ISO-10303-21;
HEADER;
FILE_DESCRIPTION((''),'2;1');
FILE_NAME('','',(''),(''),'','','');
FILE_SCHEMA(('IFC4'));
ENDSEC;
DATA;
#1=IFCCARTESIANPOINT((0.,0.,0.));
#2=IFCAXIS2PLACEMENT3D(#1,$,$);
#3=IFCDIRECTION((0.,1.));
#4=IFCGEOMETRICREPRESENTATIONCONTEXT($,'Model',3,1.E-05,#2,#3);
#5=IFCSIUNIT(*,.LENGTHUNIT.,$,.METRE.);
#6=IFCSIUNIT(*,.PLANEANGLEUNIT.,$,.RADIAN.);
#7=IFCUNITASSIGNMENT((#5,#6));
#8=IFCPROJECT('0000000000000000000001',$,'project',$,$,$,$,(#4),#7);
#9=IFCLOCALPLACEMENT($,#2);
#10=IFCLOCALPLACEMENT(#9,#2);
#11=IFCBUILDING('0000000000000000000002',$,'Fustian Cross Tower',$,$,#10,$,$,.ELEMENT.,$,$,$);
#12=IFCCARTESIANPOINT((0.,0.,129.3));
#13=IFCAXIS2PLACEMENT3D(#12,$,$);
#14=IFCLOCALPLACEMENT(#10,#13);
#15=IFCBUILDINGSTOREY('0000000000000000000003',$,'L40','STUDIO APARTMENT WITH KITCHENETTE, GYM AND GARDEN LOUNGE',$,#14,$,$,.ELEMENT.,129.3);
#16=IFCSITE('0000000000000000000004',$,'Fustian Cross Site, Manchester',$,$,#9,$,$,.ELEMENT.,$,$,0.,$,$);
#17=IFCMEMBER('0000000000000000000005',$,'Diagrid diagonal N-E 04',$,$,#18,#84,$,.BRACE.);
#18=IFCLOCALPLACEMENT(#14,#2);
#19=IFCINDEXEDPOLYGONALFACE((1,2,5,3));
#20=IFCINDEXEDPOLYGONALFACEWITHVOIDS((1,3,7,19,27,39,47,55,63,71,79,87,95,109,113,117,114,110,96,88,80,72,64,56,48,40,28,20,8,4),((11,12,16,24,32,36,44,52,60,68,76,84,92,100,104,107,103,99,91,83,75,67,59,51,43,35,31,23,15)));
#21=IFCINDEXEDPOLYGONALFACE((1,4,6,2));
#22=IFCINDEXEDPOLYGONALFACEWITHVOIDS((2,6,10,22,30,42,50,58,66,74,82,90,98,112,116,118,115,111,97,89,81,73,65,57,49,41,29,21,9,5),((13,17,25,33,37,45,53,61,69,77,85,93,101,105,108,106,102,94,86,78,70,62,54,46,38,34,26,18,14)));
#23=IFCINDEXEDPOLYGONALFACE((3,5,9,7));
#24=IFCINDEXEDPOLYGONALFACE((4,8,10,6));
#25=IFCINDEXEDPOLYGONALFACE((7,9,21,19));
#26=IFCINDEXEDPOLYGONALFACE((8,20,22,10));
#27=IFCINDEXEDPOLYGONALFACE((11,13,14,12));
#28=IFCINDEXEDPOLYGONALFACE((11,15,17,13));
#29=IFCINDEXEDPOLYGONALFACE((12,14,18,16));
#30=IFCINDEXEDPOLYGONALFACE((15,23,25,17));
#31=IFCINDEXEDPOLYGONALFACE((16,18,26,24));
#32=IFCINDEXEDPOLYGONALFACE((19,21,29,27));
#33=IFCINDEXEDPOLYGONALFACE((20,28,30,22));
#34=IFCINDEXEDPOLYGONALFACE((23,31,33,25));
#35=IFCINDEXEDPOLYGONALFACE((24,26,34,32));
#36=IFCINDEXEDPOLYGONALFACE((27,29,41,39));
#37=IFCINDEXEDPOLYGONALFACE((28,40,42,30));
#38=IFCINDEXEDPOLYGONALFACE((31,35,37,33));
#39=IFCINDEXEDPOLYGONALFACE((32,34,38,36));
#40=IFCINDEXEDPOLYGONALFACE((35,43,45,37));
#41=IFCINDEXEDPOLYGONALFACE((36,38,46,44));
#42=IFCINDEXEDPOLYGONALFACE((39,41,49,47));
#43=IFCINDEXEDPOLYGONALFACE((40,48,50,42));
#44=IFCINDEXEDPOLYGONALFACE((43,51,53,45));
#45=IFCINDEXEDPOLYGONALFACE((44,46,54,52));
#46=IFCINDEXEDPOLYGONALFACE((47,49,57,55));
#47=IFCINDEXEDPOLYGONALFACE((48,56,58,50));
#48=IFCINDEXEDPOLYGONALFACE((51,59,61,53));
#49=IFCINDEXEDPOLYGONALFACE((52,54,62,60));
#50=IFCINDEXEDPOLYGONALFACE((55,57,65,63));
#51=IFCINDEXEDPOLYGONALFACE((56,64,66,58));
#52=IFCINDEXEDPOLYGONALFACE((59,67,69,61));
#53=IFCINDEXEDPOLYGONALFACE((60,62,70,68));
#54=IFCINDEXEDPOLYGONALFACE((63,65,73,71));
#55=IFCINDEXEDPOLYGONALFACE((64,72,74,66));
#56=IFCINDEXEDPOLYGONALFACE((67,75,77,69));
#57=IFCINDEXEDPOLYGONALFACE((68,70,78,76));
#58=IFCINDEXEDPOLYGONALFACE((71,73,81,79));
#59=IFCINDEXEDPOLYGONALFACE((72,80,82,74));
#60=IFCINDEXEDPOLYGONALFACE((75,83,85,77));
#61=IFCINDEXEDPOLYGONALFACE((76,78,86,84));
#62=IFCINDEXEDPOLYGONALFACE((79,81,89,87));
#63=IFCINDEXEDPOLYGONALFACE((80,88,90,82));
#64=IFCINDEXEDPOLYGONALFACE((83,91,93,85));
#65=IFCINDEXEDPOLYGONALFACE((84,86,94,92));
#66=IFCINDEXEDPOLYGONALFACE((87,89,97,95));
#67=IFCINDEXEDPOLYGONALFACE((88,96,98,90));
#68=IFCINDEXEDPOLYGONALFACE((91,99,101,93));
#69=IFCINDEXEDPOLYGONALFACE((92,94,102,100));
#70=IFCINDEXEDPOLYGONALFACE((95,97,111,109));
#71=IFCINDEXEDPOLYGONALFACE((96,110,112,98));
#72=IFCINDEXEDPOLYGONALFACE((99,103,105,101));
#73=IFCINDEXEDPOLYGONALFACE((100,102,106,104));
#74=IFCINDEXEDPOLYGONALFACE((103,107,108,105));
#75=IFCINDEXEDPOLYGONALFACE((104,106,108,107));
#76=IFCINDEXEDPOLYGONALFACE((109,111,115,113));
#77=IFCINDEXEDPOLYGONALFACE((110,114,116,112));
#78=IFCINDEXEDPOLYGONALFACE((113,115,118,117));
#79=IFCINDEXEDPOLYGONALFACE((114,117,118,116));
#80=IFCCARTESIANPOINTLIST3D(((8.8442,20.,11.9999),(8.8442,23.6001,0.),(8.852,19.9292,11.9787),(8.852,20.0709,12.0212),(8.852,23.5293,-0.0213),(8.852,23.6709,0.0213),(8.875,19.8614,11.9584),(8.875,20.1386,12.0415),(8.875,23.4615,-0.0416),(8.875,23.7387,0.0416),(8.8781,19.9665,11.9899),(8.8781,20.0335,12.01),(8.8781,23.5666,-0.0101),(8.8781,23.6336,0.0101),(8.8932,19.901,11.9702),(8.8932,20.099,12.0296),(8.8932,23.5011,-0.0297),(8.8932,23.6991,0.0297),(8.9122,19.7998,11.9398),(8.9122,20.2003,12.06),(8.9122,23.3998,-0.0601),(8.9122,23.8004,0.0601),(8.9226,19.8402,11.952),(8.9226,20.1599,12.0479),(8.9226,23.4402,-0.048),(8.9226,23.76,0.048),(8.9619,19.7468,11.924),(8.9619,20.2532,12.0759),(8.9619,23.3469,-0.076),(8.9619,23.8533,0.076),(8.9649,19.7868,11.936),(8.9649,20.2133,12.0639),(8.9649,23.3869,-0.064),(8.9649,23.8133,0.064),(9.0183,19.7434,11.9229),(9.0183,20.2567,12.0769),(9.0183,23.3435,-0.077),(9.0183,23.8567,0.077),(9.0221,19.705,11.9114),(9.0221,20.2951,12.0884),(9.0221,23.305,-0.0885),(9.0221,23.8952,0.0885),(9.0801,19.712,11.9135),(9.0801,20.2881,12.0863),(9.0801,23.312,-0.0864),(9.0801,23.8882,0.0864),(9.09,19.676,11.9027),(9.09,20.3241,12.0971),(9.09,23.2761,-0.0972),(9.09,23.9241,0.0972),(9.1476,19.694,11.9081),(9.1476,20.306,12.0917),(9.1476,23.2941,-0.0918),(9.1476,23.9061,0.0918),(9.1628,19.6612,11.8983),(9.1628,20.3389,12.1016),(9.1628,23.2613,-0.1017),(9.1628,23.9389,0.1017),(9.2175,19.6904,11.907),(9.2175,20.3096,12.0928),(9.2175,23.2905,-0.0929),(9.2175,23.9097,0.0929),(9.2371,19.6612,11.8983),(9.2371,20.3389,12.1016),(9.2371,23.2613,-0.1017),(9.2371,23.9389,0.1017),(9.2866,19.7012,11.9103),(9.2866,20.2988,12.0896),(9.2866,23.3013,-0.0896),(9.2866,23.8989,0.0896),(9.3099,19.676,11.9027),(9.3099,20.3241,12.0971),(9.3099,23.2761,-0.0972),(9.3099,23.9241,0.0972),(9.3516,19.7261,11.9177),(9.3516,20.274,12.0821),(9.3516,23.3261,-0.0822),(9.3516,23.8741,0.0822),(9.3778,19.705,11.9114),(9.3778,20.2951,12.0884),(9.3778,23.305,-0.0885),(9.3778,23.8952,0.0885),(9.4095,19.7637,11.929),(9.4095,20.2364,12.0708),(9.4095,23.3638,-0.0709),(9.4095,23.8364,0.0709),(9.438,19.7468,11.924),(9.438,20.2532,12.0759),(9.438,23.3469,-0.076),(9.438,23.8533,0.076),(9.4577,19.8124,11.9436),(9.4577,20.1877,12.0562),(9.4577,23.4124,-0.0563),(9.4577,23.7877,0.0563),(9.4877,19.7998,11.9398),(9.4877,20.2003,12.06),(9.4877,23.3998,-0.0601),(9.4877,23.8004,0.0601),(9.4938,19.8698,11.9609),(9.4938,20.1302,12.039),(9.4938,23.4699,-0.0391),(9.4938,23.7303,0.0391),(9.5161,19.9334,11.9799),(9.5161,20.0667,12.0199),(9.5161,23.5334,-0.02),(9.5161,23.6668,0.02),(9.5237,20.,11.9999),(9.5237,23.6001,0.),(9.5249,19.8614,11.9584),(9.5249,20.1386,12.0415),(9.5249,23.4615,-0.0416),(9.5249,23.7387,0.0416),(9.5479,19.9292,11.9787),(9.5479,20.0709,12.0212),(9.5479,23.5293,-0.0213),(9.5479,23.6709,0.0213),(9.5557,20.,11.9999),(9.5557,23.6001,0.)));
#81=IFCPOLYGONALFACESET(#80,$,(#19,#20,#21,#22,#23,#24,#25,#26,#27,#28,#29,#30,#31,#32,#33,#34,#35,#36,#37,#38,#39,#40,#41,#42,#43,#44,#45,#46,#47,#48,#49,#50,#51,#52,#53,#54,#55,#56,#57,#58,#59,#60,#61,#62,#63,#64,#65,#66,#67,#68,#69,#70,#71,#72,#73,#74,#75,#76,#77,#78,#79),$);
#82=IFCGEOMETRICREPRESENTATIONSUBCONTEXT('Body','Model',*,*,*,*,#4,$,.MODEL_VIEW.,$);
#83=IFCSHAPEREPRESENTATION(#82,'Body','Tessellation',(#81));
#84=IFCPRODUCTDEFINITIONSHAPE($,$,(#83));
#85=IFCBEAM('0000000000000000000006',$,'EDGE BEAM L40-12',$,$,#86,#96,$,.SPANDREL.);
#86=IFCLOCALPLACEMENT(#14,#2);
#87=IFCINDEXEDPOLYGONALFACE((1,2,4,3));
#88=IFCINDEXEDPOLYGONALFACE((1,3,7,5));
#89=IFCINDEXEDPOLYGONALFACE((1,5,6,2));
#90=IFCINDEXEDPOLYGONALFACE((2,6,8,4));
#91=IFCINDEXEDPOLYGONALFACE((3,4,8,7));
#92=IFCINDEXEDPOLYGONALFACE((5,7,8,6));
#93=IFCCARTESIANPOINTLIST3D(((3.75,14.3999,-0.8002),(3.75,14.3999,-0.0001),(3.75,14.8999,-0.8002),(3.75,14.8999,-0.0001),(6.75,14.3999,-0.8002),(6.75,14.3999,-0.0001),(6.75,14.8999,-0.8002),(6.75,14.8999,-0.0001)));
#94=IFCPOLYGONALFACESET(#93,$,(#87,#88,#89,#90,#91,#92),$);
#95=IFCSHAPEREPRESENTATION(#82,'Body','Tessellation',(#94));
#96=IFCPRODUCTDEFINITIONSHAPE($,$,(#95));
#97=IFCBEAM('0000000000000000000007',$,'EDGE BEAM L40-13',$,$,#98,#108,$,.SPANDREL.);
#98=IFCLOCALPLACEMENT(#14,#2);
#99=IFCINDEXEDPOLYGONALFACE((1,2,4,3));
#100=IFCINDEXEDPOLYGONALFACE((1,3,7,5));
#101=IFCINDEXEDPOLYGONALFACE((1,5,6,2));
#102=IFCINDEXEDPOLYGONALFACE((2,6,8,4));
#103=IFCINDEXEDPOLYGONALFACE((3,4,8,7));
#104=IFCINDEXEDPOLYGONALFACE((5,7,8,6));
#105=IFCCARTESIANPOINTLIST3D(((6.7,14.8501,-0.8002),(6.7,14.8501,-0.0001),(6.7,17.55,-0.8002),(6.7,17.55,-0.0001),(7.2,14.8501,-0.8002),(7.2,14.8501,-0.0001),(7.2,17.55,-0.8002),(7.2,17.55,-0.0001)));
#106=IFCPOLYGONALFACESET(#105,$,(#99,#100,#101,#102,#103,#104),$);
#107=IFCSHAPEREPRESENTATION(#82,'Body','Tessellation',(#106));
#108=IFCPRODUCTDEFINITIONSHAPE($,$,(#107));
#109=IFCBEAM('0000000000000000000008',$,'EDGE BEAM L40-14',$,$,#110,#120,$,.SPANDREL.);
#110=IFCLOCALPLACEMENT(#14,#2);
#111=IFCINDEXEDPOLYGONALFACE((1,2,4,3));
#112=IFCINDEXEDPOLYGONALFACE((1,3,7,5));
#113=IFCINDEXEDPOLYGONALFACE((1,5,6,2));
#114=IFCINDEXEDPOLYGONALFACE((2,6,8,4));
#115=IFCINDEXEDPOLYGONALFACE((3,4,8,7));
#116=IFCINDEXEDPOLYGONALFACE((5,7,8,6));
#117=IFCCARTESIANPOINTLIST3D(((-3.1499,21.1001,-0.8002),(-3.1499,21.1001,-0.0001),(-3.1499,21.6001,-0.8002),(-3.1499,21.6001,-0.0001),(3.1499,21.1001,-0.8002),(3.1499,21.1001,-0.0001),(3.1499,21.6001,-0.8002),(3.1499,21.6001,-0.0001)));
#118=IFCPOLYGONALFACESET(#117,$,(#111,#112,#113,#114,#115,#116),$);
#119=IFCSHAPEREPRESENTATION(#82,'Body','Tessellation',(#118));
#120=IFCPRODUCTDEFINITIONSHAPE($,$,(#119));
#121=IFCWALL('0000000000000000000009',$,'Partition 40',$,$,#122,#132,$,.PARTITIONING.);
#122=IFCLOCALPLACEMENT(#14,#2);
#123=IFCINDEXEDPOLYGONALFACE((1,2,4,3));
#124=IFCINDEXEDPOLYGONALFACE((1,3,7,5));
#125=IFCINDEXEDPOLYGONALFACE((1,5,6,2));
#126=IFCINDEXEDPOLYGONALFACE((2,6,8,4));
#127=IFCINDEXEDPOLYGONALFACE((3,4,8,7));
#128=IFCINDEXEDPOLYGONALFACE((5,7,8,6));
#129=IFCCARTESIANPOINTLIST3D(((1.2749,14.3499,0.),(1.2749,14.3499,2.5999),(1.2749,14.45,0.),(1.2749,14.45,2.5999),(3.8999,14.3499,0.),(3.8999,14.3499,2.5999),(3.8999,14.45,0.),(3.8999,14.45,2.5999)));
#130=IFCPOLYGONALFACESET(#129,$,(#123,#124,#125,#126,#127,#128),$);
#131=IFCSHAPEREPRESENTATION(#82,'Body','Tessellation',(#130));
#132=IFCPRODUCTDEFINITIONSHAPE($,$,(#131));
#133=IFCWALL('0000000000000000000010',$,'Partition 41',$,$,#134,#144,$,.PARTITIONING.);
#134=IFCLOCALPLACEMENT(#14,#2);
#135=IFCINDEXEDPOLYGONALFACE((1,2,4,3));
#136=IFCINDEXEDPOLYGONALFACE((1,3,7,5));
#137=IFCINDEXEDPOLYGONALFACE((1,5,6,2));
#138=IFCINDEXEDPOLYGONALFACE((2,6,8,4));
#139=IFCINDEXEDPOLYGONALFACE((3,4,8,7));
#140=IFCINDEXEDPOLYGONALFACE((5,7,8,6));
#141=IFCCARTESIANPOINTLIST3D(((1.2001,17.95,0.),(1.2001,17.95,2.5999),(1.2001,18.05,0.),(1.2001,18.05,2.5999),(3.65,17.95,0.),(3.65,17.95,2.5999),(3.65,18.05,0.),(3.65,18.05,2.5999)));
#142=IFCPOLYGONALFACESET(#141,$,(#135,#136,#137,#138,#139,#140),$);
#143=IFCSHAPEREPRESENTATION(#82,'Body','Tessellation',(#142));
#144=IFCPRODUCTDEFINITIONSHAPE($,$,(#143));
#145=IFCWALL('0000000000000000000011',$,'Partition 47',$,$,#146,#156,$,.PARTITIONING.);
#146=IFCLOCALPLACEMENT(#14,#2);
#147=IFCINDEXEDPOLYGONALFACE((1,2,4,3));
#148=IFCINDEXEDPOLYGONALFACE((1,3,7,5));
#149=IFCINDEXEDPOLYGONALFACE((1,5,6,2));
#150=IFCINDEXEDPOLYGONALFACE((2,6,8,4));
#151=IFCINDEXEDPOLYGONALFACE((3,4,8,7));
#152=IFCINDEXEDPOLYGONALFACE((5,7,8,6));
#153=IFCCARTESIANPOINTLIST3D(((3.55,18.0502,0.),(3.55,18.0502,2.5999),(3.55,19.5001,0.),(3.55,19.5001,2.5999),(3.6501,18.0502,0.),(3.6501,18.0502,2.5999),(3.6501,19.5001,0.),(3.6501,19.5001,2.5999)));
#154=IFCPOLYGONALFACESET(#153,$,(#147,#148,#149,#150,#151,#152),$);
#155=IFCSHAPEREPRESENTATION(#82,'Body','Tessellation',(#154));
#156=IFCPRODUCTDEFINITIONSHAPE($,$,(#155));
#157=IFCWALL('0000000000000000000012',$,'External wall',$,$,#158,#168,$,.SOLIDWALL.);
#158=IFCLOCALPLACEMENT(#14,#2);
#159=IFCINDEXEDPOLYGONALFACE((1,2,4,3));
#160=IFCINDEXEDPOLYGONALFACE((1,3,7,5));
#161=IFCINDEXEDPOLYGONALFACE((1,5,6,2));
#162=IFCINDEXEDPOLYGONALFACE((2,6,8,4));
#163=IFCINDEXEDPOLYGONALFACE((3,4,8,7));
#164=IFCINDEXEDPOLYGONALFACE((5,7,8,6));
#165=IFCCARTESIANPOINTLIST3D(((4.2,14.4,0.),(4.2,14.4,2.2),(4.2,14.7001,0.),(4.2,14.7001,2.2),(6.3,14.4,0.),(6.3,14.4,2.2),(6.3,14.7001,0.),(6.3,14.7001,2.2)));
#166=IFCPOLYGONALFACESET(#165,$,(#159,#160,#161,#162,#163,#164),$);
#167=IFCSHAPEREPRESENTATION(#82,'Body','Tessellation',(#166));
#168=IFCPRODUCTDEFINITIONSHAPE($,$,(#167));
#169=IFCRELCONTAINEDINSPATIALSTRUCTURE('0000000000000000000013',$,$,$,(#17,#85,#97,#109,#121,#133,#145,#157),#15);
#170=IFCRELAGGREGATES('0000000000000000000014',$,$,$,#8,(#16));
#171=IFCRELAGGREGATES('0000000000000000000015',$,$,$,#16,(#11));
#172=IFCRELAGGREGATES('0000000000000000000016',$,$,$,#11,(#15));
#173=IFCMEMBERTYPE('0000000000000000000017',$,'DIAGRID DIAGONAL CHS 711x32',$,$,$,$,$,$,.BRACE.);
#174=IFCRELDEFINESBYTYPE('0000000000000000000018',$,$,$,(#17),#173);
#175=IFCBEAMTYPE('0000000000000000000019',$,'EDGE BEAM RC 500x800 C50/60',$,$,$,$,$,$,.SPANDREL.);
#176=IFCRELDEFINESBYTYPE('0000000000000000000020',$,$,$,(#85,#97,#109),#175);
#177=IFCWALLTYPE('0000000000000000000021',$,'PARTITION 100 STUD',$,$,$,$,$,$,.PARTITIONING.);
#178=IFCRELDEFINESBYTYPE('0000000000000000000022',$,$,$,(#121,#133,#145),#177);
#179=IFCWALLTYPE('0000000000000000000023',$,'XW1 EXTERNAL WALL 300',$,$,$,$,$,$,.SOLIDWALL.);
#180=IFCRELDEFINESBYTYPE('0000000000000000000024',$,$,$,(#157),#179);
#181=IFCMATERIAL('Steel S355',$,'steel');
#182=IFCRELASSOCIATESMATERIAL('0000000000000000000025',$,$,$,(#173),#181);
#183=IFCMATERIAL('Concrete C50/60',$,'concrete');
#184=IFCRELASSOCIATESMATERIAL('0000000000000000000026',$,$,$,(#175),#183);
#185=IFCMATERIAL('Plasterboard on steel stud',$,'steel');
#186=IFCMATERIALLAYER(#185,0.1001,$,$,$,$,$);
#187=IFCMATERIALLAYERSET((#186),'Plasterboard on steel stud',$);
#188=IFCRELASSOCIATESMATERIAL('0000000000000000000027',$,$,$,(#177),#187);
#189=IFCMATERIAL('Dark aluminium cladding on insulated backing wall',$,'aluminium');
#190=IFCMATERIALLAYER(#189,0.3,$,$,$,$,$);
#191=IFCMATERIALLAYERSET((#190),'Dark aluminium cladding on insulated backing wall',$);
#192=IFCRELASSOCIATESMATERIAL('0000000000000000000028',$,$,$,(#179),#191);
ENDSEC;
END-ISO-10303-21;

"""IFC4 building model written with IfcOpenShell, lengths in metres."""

from ifc_helpers import new_model, si_unit, direction, frame, frame_2d, origin, origin_2d, place, context, subcontext, project, spatial, rectangle, hollow_circle, extrude, material, layer, layer_set, material_profile, profile_set, type_object, element, save


model = new_model("IFC4")

# Units and contexts
model_context = context("Model", 3, precision=1e-05, world=origin(), true_north=direction((0.0, 1.0)))
body_context = subcontext(model_context, "Body", "Model", "MODEL_VIEW")
ifc_project = project(units=[si_unit("LENGTHUNIT", "METRE"), si_unit("PLANEANGLEUNIT", "RADIAN")], contexts=[model_context])

# Site, building, storey
site_placement = place(None, origin())
site = spatial("IfcSite", under=ifc_project, at=site_placement, Name="Fustian Cross Site, Manchester", CompositionType="ELEMENT", RefElevation=0.0)
building_placement = place(site_placement, origin())
building = spatial("IfcBuilding", under=site, at=building_placement, Name="Fustian Cross Tower", CompositionType="ELEMENT")
storey_placement = place(building_placement, frame((0.0, 0.0, 129.3)))
storey = spatial("IfcBuildingStorey", under=building, at=storey_placement, Name="L40", Description="STUDIO APARTMENT WITH KITCHENETTE, GYM AND GARDEN LOUNGE", CompositionType="ELEMENT", Elevation=129.3)

# Member
ifc_material_1 = material(Name="Steel S355", Category="steel")
ifc_material_profile_1 = material_profile(ifc_material_1, hollow_circle(Radius=0.3557, WallThickness=0.032, at=origin_2d()), Name="CHS 711x32")
ifc_profile_set_1 = profile_set([ifc_material_profile_1], Name="Steel S355")
member_type_1 = type_object("IfcMemberType", Name="DIAGRID DIAGONAL CHS 711x32", PredefinedType="BRACE", material=ifc_profile_set_1)
for number, where, z_axis, x_axis, name in (
    (1, (9.2, 23.6001, 0.0), (0.0, -0.287355, 0.957824), (1.0, 0.0, 0.0), "Diagrid diagonal N-E 04"),
):
    element("IfcMember", number, at=place(storey_placement, frame(where, z_axis=z_axis, x_axis=x_axis)), inside=storey, type_object=member_type_1, Name=name, PredefinedType="BRACE", context=body_context, shape_type="SweptSolid", body=[
        extrude(hollow_circle(Radius=0.3557, WallThickness=0.032, at=origin_2d()), origin(), (0.0, 0.0, 1.0), 12.5283),
    ])

# Beams
ifc_material_2 = material(Name="Concrete C50/60", Category="concrete")
ifc_material_profile_2 = material_profile(ifc_material_2, rectangle(XDim=0.5, YDim=0.8, at=origin_2d()), Name="RC 500x800")
ifc_profile_set_2 = profile_set([ifc_material_profile_2], Name="Concrete C50/60")
beam_type = type_object("IfcBeamType", Name="EDGE BEAM RC 500x800 C50/60", PredefinedType="SPANDREL", material=ifc_profile_set_2)
beam_1_placement = place(storey_placement, frame((3.75, 14.6499, -0.4001), z_axis=(1.0, 0.0, 0.0), x_axis=(0.0, 1.0, 0.0)))
element("IfcBeam", 2, at=beam_1_placement, inside=storey, type_object=beam_type, Name="EDGE BEAM L40-12", PredefinedType="SPANDREL", context=body_context, shape_type="SweptSolid", body=[
    extrude(rectangle(XDim=0.5, YDim=0.8, at=origin_2d()), origin(), (0.0, 0.0, 1.0), 3.0),
])
beam_2_placement = place(storey_placement, frame((6.95, 14.8501, -0.4001), z_axis=(0.0, 1.0, 0.0), x_axis=(-1.0, 0.0, 0.0)))
element("IfcBeam", 3, at=beam_2_placement, inside=storey, type_object=beam_type, Name="EDGE BEAM L40-13", PredefinedType="SPANDREL", context=body_context, shape_type="SweptSolid", body=[
    extrude(rectangle(XDim=0.5, YDim=0.8, at=origin_2d()), origin(), (0.0, 0.0, 1.0), 2.7),
])
beam_3_placement = place(storey_placement, frame((3.1499, 21.3501, -0.4001), z_axis=(-1.0, 0.0, 0.0), x_axis=(0.0, -1.0, 0.0)))
element("IfcBeam", 4, at=beam_3_placement, inside=storey, type_object=beam_type, Name="EDGE BEAM L40-14", PredefinedType="SPANDREL", context=body_context, shape_type="SweptSolid", body=[
    extrude(rectangle(XDim=0.5, YDim=0.8, at=origin_2d()), origin(), (0.0, 0.0, 1.0), 6.2998),
])

# Walls
ifc_material_3 = material(Name="Plasterboard on steel stud", Category="steel")
ifc_layer_1 = layer(ifc_material_3, 0.1001)
ifc_layer_set_1 = layer_set([ifc_layer_1], Name="Plasterboard on steel stud")
wall_type_1 = type_object("IfcWallType", Name="PARTITION 100 STUD", PredefinedType="PARTITIONING", material=ifc_layer_set_1)
wall_1_placement = place(storey_placement, frame((1.2749, 14.3999, 0.0), z_axis=(0.0, 0.0, 1.0), x_axis=(1.0, 0.0, 0.0)))
element("IfcWall", 5, at=wall_1_placement, inside=storey, type_object=wall_type_1, Name="Partition 40", PredefinedType="PARTITIONING", context=body_context, shape_type="SweptSolid", body=[
    extrude(rectangle(XDim=2.625, YDim=0.1001, at=frame_2d((1.3125, 0.0))), origin(), (0.0, 0.0, 1.0), 2.5999),
])
wall_2_placement = place(storey_placement, frame((1.2, 18.0, 0.0), z_axis=(0.0, 0.0, 1.0), x_axis=(1.0, 0.0, 0.0)))
element("IfcWall", 6, at=wall_2_placement, inside=storey, type_object=wall_type_1, Name="Partition 41", PredefinedType="PARTITIONING", context=body_context, shape_type="SweptSolid", body=[
    extrude(rectangle(XDim=2.45, YDim=0.1001, at=frame_2d((1.2251, 0.0))), origin(), (0.0, 0.0, 1.0), 2.5999),
])
wall_3_placement = place(storey_placement, frame((3.6001, 18.05, 0.0), z_axis=(0.0, 0.0, 1.0), x_axis=(0.0, 1.0, 0.0)))
element("IfcWall", 7, at=wall_3_placement, inside=storey, type_object=wall_type_1, Name="Partition 47", PredefinedType="PARTITIONING", context=body_context, shape_type="SweptSolid", body=[
    extrude(rectangle(XDim=1.45, YDim=0.1001, at=frame_2d((0.7251, 0.0))), origin(), (0.0, 0.0, 1.0), 2.5999),
])
ifc_material_4 = material(Name="Dark aluminium cladding on insulated backing wall", Category="aluminium")
ifc_layer_2 = layer(ifc_material_4, 0.3)
ifc_layer_set_2 = layer_set([ifc_layer_2], Name="Dark aluminium cladding on insulated backing wall")
wall_type_2 = type_object("IfcWallType", Name="XW1 EXTERNAL WALL 300", PredefinedType="SOLIDWALL", material=ifc_layer_set_2)
wall_4_placement = place(storey_placement, frame((4.2, 14.55, 0.0), z_axis=(0.0, 0.0, 1.0), x_axis=(1.0, 0.0, 0.0)))
element("IfcWall", 8, at=wall_4_placement, inside=storey, type_object=wall_type_2, Name="External wall", PredefinedType="SOLIDWALL", context=body_context, shape_type="SweptSolid", body=[
    extrude(rectangle(XDim=2.1001, YDim=0.3, at=frame_2d((1.05, 0.0))), origin(), (0.0, 0.0, 1.0), 2.2),
])

save(model, "model.ifc")
